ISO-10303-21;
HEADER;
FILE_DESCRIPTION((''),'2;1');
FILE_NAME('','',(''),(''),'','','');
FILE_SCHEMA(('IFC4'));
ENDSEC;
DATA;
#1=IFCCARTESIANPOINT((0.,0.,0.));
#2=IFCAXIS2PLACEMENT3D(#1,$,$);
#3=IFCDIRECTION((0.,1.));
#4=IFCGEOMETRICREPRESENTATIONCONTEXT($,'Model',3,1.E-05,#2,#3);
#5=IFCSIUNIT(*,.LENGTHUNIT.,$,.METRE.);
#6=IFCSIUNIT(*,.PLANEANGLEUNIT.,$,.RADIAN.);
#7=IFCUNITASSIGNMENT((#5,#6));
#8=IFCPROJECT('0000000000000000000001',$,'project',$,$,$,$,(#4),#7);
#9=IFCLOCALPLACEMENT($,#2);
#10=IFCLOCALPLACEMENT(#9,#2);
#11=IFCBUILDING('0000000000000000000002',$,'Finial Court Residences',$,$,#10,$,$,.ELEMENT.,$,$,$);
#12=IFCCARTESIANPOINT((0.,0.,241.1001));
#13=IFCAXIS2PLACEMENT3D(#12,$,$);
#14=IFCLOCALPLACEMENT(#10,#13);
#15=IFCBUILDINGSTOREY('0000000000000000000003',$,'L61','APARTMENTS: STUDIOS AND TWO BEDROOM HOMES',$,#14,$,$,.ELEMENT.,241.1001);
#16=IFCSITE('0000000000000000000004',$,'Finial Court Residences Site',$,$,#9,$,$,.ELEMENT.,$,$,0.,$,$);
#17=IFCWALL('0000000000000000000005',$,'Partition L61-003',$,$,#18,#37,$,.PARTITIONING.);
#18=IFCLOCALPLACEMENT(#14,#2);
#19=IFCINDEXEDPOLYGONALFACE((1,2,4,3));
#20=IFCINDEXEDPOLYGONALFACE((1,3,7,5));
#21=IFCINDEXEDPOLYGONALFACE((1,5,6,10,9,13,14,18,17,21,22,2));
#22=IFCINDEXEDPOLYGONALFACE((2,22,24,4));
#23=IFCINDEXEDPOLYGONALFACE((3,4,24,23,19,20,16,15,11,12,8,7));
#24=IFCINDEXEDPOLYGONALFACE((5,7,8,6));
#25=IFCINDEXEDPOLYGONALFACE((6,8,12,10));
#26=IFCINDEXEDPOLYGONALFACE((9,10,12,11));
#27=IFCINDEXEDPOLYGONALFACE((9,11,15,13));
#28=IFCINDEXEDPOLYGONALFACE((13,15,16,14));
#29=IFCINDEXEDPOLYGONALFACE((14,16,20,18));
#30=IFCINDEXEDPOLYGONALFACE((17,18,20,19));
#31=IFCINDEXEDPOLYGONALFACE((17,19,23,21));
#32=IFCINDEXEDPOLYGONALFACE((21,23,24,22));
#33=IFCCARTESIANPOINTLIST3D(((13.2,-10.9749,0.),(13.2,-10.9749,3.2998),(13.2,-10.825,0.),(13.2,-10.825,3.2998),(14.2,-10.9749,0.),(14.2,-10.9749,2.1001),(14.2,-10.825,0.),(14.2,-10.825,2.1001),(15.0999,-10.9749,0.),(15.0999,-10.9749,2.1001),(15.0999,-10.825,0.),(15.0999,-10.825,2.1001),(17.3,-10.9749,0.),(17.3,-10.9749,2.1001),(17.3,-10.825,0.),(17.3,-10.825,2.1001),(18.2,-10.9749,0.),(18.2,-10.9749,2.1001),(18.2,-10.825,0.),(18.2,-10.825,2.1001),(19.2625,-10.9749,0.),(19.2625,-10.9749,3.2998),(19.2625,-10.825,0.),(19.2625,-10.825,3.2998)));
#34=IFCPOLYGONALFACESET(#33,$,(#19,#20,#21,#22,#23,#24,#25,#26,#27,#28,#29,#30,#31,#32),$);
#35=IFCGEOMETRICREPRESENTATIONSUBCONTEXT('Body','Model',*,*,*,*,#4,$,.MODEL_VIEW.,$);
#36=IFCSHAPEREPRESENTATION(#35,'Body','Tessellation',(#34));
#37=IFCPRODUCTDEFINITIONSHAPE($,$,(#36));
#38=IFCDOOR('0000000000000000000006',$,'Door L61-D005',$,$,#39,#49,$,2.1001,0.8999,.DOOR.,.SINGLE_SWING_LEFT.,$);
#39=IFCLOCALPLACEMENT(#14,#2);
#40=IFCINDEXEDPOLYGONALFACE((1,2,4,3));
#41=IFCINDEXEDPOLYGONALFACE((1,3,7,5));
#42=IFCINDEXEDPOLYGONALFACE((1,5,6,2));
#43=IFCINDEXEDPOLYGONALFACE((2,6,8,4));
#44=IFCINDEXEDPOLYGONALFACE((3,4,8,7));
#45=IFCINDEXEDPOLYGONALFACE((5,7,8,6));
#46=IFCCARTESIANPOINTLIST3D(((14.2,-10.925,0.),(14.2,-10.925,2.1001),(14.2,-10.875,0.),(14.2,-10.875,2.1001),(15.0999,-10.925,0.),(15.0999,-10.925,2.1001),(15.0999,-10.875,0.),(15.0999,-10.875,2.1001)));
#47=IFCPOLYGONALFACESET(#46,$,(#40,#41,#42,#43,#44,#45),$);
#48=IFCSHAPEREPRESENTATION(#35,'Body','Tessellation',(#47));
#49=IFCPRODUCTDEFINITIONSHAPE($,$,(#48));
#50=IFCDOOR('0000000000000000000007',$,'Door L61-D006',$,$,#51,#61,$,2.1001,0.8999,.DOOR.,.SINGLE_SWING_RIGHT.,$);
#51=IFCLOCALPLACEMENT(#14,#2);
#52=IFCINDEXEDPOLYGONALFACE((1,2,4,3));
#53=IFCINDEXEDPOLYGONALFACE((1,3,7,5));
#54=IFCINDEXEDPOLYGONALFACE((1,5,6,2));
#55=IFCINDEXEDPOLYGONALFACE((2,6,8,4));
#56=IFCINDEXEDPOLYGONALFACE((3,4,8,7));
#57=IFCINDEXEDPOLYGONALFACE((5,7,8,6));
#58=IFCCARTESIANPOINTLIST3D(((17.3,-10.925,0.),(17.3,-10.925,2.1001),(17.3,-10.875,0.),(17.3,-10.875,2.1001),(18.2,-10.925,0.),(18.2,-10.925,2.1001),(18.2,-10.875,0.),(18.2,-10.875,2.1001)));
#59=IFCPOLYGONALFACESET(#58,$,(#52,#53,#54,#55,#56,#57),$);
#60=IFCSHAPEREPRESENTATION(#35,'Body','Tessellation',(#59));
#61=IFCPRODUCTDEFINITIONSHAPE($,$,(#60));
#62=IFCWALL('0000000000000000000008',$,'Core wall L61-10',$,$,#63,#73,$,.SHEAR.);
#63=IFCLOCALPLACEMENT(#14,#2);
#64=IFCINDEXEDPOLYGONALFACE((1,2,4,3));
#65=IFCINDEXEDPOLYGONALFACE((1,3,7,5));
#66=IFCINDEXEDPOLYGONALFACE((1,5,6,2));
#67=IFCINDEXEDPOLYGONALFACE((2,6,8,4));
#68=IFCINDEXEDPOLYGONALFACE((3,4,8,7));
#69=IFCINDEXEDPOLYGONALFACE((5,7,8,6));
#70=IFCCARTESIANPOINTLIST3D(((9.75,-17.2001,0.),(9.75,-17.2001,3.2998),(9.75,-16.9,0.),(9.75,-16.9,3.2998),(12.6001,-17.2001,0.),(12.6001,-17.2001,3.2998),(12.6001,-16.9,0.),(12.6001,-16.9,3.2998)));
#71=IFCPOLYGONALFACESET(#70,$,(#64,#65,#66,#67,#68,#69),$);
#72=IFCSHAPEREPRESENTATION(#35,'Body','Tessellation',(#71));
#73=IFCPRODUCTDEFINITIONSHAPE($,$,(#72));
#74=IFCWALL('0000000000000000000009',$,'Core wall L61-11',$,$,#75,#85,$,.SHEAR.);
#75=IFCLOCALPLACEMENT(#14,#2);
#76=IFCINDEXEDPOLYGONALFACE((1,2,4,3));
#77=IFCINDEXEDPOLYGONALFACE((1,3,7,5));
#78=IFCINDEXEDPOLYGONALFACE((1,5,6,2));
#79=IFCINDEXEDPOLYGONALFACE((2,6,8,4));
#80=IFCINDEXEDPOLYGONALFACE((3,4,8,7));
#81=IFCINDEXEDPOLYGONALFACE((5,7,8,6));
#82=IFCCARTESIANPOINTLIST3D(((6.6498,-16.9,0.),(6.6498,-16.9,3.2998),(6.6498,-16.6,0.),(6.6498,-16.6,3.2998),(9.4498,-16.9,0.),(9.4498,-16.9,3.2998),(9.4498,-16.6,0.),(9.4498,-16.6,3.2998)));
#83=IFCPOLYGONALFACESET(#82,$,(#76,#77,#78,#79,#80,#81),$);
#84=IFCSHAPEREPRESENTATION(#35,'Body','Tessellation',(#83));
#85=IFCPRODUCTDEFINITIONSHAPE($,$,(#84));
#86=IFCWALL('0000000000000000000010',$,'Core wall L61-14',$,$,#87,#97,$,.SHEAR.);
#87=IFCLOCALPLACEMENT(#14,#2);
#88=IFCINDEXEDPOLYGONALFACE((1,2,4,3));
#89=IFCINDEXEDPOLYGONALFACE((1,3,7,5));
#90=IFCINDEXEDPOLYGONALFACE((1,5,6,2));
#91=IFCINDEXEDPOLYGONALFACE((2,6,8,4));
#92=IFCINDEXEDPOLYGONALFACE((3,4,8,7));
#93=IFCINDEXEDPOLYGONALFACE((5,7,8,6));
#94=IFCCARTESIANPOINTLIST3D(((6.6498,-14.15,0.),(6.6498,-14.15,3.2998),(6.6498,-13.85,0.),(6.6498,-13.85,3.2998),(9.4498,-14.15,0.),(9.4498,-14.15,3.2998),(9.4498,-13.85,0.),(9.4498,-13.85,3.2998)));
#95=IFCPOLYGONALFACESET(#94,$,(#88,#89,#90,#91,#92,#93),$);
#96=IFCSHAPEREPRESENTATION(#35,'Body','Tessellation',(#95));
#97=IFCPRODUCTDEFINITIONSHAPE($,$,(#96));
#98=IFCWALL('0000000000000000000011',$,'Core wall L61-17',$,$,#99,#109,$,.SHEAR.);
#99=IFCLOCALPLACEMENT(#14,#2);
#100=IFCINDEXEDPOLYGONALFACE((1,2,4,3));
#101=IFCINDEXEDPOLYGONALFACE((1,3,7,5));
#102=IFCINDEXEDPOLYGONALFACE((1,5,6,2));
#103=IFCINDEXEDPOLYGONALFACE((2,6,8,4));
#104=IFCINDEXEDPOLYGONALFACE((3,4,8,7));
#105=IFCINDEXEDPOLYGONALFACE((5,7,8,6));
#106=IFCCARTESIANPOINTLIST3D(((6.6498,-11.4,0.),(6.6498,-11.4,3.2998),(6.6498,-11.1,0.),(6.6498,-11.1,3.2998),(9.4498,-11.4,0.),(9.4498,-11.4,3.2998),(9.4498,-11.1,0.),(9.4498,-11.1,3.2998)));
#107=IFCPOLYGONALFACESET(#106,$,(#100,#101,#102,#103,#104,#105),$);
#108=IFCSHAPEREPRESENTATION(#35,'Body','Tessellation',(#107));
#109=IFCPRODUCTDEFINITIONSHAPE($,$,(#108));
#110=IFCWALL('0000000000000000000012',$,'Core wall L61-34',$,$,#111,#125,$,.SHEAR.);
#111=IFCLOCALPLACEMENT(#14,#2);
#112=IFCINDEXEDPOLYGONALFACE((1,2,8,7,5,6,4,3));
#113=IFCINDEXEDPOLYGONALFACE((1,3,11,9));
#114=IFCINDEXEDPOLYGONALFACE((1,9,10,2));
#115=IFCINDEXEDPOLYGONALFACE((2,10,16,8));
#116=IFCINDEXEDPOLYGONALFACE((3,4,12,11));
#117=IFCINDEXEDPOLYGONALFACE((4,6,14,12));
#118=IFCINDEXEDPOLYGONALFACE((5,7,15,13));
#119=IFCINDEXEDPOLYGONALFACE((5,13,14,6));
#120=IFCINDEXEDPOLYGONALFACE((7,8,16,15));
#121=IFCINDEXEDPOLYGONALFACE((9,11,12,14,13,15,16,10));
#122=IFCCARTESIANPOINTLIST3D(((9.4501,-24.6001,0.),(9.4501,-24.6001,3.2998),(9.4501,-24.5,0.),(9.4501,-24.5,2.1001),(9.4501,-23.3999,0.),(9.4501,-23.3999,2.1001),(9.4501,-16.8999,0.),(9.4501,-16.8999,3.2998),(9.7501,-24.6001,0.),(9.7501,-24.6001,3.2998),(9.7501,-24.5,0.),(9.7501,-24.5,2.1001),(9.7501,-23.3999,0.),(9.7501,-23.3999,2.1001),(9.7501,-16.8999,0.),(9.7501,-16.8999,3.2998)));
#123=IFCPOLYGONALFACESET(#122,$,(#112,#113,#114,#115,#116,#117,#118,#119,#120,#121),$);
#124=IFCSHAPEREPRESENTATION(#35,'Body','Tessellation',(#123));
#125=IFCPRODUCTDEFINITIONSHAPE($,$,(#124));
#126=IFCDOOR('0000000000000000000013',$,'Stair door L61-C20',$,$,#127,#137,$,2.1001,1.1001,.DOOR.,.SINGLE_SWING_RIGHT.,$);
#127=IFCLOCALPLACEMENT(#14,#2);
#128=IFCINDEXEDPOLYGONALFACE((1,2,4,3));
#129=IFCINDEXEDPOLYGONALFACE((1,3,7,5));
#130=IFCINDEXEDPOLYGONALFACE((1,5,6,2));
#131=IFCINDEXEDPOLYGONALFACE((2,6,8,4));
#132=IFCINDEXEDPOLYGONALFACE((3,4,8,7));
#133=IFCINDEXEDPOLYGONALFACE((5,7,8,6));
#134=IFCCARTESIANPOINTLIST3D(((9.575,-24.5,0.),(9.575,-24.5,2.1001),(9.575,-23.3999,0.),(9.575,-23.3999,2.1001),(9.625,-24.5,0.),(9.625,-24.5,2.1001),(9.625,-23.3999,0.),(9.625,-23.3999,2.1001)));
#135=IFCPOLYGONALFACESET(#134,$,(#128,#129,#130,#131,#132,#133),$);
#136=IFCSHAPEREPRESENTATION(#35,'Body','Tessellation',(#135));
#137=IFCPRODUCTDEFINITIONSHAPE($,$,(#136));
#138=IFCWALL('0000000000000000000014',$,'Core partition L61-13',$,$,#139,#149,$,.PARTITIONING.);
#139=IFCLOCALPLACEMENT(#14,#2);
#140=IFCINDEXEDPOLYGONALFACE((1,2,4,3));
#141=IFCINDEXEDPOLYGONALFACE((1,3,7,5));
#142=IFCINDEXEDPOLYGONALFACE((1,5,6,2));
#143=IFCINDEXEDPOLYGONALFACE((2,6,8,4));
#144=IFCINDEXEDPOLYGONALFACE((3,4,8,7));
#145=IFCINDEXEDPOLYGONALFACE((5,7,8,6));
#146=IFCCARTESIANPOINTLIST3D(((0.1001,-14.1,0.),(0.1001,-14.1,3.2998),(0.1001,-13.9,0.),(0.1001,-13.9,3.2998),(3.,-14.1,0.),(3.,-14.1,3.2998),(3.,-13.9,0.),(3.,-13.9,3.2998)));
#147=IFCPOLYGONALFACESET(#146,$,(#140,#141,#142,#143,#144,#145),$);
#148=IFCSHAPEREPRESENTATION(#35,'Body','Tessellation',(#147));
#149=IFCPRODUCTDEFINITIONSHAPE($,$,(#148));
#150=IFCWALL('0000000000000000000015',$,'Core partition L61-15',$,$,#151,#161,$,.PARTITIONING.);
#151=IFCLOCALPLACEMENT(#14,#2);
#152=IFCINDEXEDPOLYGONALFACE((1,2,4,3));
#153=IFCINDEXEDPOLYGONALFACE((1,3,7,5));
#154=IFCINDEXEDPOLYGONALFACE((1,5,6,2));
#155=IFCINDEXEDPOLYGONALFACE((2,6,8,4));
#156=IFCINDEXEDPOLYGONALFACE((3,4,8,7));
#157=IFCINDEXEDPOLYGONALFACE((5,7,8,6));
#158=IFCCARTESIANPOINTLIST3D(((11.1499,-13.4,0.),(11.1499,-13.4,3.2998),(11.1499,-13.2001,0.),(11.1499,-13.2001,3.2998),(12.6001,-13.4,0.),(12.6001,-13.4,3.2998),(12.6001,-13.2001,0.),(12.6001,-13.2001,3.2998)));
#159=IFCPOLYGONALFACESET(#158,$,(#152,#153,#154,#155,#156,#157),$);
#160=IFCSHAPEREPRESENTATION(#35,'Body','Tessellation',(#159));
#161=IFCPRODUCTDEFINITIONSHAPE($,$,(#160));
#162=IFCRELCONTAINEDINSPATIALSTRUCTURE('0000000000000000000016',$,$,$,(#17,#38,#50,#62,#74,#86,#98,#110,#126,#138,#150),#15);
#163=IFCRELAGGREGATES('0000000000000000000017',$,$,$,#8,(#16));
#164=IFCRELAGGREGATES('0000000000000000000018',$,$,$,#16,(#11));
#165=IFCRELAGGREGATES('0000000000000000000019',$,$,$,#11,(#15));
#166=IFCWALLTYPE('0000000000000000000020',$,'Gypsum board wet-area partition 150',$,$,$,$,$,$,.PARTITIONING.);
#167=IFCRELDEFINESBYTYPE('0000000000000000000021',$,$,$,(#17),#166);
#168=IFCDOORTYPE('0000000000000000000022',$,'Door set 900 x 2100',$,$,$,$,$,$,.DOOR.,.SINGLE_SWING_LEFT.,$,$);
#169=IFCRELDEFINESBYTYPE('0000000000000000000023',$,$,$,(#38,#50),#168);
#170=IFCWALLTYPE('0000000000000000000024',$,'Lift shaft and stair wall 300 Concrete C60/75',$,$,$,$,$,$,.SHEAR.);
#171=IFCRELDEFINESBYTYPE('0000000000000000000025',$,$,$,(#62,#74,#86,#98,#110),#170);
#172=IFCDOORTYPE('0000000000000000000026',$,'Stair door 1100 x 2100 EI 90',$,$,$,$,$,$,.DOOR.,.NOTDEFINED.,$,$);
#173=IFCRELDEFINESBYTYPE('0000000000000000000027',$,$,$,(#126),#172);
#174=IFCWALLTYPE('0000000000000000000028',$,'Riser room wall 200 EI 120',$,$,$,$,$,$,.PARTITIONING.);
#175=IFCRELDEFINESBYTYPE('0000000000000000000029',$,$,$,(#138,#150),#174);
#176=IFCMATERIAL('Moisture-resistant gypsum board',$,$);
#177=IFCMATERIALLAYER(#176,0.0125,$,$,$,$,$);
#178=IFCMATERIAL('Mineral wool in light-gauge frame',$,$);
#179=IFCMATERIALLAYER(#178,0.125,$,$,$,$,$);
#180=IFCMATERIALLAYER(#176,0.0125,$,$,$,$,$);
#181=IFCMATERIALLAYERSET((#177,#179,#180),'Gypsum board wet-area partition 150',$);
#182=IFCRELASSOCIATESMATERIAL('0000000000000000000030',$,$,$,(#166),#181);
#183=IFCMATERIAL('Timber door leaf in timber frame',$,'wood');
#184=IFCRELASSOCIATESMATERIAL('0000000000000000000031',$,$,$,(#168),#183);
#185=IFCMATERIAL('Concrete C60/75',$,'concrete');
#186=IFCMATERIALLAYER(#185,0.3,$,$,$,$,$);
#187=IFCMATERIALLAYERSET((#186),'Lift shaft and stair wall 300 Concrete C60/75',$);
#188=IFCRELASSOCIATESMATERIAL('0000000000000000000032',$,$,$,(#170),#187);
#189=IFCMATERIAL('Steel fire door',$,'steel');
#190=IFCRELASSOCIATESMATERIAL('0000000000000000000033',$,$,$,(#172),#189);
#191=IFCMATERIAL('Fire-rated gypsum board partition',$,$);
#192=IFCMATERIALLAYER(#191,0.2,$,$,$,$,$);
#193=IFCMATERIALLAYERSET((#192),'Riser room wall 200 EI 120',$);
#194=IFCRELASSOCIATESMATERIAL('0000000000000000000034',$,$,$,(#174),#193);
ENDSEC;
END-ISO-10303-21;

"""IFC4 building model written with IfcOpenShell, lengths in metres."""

from ifc_helpers import new_model, si_unit, direction, frame, frame_2d, origin, place, context, subcontext, project, spatial, rectangle, extrude, material, layer, layer_set, type_object, element, fill, save


model = new_model("IFC4")

# Units and contexts
model_context = context("Model", 3, precision=1e-05, world=origin(), true_north=direction((0.0, 1.0)))
body_context = subcontext(model_context, "Body", "Model", "MODEL_VIEW")
ifc_project = project(units=[si_unit("LENGTHUNIT", "METRE"), si_unit("PLANEANGLEUNIT", "RADIAN")], contexts=[model_context])

# Site, building, storey
site_placement = place(None, origin())
site = spatial("IfcSite", under=ifc_project, at=site_placement, Name="Finial Court Residences Site", CompositionType="ELEMENT", RefElevation=0.0)
building_placement = place(site_placement, origin())
building = spatial("IfcBuilding", under=site, at=building_placement, Name="Finial Court Residences", CompositionType="ELEMENT")
storey_placement = place(building_placement, frame((0.0, 0.0, 241.1001)))
storey = spatial("IfcBuildingStorey", under=building, at=storey_placement, Name="L61", Description="APARTMENTS: STUDIOS AND TWO BEDROOM HOMES", CompositionType="ELEMENT", Elevation=241.1001)

# Shared definitions
ifc_material_1 = material(Name="Mineral wool in light-gauge frame")

# Shared definitions
ifc_material_2 = material(Name="Moisture-resistant gypsum board")
ifc_layer_1 = layer(ifc_material_2, 0.0125)
ifc_layer_2 = layer(ifc_material_1, 0.125)
ifc_layer_3 = layer(ifc_material_2, 0.0125)
ifc_layer_set_1 = layer_set([ifc_layer_1, ifc_layer_2, ifc_layer_3], Name="Gypsum board wet-area partition 150")
wall_type_1 = type_object("IfcWallType", Name="Gypsum board wet-area partition 150", PredefinedType="PARTITIONING", material=ifc_layer_set_1)
ifc_material_3 = material(Name="Timber door leaf in timber frame", Category="wood")
door_type_1 = type_object("IfcDoorType", Name="Door set 900 x 2100", OperationType="SINGLE_SWING_LEFT", PredefinedType="DOOR", material=ifc_material_3)

# Wall, openings, doors
wall_1_placement = place(storey_placement, frame((13.2, -10.8999, 0.0), z_axis=(0.0, 0.0, 1.0), x_axis=(1.0, 0.0, 0.0)))
wall_1 = element("IfcWall", 1, at=wall_1_placement, inside=storey, type_object=wall_type_1, Name="Partition L61-003", PredefinedType="PARTITIONING", context=body_context, shape_type="SweptSolid", body=[
    extrude(rectangle(XDim=6.0625, YDim=0.1499, at=frame_2d((3.0312, 0.0))), origin(), (0.0, 0.0, 1.0), 3.2998),
])
opening_1_placement = place(wall_1_placement, frame((1.0, 0.0, 0.0)))
opening_1 = element("IfcOpeningElement", 2, at=opening_1_placement, cuts=wall_1, PredefinedType="OPENING", context=body_context, shape_type="SweptSolid", body=[
    extrude(rectangle(XDim=0.8999, YDim=2.1001, at=frame_2d((0.45, 1.05))), frame((0.0, 0.085, 0.0), z_axis=(0.0, -1.0, 0.0), x_axis=(1.0, 0.0, 0.0)), (0.0, 0.0, 1.0), 0.1699),
])
opening_2_placement = place(wall_1_placement, frame((4.1001, 0.0, 0.0)))
opening_2 = element("IfcOpeningElement", 3, at=opening_2_placement, cuts=wall_1, PredefinedType="OPENING", context=body_context, shape_type="SweptSolid", body=[
    extrude(rectangle(XDim=0.8999, YDim=2.1001, at=frame_2d((0.45, 1.05))), frame((0.0, 0.085, 0.0), z_axis=(0.0, -1.0, 0.0), x_axis=(1.0, 0.0, 0.0)), (0.0, 0.0, 1.0), 0.1699),
])
door_1_placement = place(opening_1_placement, origin())
door_1 = element("IfcDoor", 4, at=door_1_placement, inside=storey, type_object=door_type_1, Name="Door L61-D005", OperationType="SINGLE_SWING_LEFT", OverallHeight=2.1001, OverallWidth=0.8999, PredefinedType="DOOR", context=body_context, shape_type="SweptSolid", body=[
    extrude(rectangle(XDim=0.8999, YDim=2.1001, at=frame_2d((0.45, 1.05))), frame((0.0, 0.0249, 0.0), z_axis=(0.0, -1.0, 0.0), x_axis=(1.0, 0.0, 0.0)), (0.0, 0.0, 1.0), 0.05),
])
fill(opening_1, door_1)
door_2_placement = place(opening_2_placement, origin())
door_2 = element("IfcDoor", 5, at=door_2_placement, inside=storey, type_object=door_type_1, Name="Door L61-D006", OperationType="SINGLE_SWING_RIGHT", OverallHeight=2.1001, OverallWidth=0.8999, PredefinedType="DOOR", context=body_context, shape_type="SweptSolid", body=[
    extrude(rectangle(XDim=0.8999, YDim=2.1001, at=frame_2d((0.45, 1.05))), frame((0.0, 0.0249, 0.0), z_axis=(0.0, -1.0, 0.0), x_axis=(1.0, 0.0, 0.0)), (0.0, 0.0, 1.0), 0.05),
])
fill(opening_2, door_2)

# Walls
ifc_material_4 = material(Name="Concrete C60/75", Category="concrete")
ifc_layer_4 = layer(ifc_material_4, 0.3)
ifc_layer_set_2 = layer_set([ifc_layer_4], Name="Lift shaft and stair wall 300 Concrete C60/75")
wall_type_2 = type_object("IfcWallType", Name="Lift shaft and stair wall 300 Concrete C60/75", PredefinedType="SHEAR", material=ifc_layer_set_2)
wall_2_placement = place(storey_placement, frame((9.75, -17.05, 0.0), z_axis=(0.0, 0.0, 1.0), x_axis=(1.0, 0.0, 0.0)))
element("IfcWall", 6, at=wall_2_placement, inside=storey, type_object=wall_type_2, Name="Core wall L61-10", PredefinedType="SHEAR", context=body_context, shape_type="SweptSolid", body=[
    extrude(rectangle(XDim=2.8501, YDim=0.3, at=frame_2d((1.425, 0.0))), origin(), (0.0, 0.0, 1.0), 3.2998),
])
for number, where, z_axis, x_axis, name in (
    (7, (6.6499, -16.75, 0.0), (0.0, 0.0, 1.0), (1.0, 0.0, 0.0), "Core wall L61-11"),
    (8, (6.6499, -14.0, 0.0), (0.0, 0.0, 1.0), (1.0, 0.0, 0.0), "Core wall L61-14"),
    (9, (6.6499, -11.25, 0.0), (0.0, 0.0, 1.0), (1.0, 0.0, 0.0), "Core wall L61-17"),
):
    element("IfcWall", number, at=place(storey_placement, frame(where, z_axis=z_axis, x_axis=x_axis)), inside=storey, type_object=wall_type_2, Name=name, PredefinedType="SHEAR", context=body_context, shape_type="SweptSolid", body=[
        extrude(rectangle(XDim=2.8, YDim=0.3, at=frame_2d((1.3999, 0.0))), origin(), (0.0, 0.0, 1.0), 3.2998),
    ])

# Wall, opening, door
wall_3_placement = place(storey_placement, frame((9.6001, -16.8999, 0.0), z_axis=(0.0, 0.0, 1.0), x_axis=(0.0, -1.0, 0.0)))
wall_3 = element("IfcWall", 10, at=wall_3_placement, inside=storey, type_object=wall_type_2, Name="Core wall L61-34", PredefinedType="SHEAR", context=body_context, shape_type="SweptSolid", body=[
    extrude(rectangle(XDim=7.7002, YDim=0.3, at=frame_2d((3.8501, 0.0))), origin(), (0.0, 0.0, 1.0), 3.2998),
])
opening_3_placement = place(wall_3_placement, frame((6.5, 0.0, 0.0)))
opening_3 = element("IfcOpeningElement", 11, at=opening_3_placement, cuts=wall_3, PredefinedType="OPENING", context=body_context, shape_type="SweptSolid", body=[
    extrude(rectangle(XDim=1.1001, YDim=2.1001, at=frame_2d((0.55, 1.05))), frame((0.0, 0.1599, 0.0), z_axis=(0.0, -1.0, 0.0), x_axis=(1.0, 0.0, 0.0)), (0.0, 0.0, 1.0), 0.3201),
])
ifc_material_5 = material(Name="Steel fire door", Category="steel")
door_type_2 = type_object("IfcDoorType", Name="Stair door 1100 x 2100 EI 90", OperationType="NOTDEFINED", PredefinedType="DOOR", material=ifc_material_5)
door_3_placement = place(opening_3_placement, origin())
door_3 = element("IfcDoor", 12, at=door_3_placement, inside=storey, type_object=door_type_2, Name="Stair door L61-C20", OperationType="SINGLE_SWING_RIGHT", OverallHeight=2.1001, OverallWidth=1.1001, PredefinedType="DOOR", context=body_context, shape_type="SweptSolid", body=[
    extrude(rectangle(XDim=1.1001, YDim=2.1001, at=frame_2d((0.55, 1.05))), frame((0.0, 0.0249, 0.0), z_axis=(0.0, -1.0, 0.0), x_axis=(1.0, 0.0, 0.0)), (0.0, 0.0, 1.0), 0.05),
])
fill(opening_3, door_3)

# Walls
ifc_material_6 = material(Name="Fire-rated gypsum board partition")
ifc_layer_5 = layer(ifc_material_6, 0.2)
ifc_layer_set_3 = layer_set([ifc_layer_5], Name="Riser room wall 200 EI 120")
wall_type_3 = type_object("IfcWallType", Name="Riser room wall 200 EI 120", PredefinedType="PARTITIONING", material=ifc_layer_set_3)
wall_4_placement = place(storey_placement, frame((0.1001, -14.0, 0.0), z_axis=(0.0, 0.0, 1.0), x_axis=(1.0, 0.0, 0.0)))
element("IfcWall", 13, at=wall_4_placement, inside=storey, type_object=wall_type_3, Name="Core partition L61-13", PredefinedType="PARTITIONING", context=body_context, shape_type="SweptSolid", body=[
    extrude(rectangle(XDim=2.8999, YDim=0.2, at=frame_2d((1.45, 0.0))), origin(), (0.0, 0.0, 1.0), 3.2998),
])
wall_5_placement = place(storey_placement, frame((11.1499, -13.3, 0.0), z_axis=(0.0, 0.0, 1.0), x_axis=(1.0, 0.0, 0.0)))
element("IfcWall", 14, at=wall_5_placement, inside=storey, type_object=wall_type_3, Name="Core partition L61-15", PredefinedType="PARTITIONING", context=body_context, shape_type="SweptSolid", body=[
    extrude(rectangle(XDim=1.4502, YDim=0.2, at=frame_2d((0.7251, 0.0))), origin(), (0.0, 0.0, 1.0), 3.2998),
])

save(model, "model.ifc")
